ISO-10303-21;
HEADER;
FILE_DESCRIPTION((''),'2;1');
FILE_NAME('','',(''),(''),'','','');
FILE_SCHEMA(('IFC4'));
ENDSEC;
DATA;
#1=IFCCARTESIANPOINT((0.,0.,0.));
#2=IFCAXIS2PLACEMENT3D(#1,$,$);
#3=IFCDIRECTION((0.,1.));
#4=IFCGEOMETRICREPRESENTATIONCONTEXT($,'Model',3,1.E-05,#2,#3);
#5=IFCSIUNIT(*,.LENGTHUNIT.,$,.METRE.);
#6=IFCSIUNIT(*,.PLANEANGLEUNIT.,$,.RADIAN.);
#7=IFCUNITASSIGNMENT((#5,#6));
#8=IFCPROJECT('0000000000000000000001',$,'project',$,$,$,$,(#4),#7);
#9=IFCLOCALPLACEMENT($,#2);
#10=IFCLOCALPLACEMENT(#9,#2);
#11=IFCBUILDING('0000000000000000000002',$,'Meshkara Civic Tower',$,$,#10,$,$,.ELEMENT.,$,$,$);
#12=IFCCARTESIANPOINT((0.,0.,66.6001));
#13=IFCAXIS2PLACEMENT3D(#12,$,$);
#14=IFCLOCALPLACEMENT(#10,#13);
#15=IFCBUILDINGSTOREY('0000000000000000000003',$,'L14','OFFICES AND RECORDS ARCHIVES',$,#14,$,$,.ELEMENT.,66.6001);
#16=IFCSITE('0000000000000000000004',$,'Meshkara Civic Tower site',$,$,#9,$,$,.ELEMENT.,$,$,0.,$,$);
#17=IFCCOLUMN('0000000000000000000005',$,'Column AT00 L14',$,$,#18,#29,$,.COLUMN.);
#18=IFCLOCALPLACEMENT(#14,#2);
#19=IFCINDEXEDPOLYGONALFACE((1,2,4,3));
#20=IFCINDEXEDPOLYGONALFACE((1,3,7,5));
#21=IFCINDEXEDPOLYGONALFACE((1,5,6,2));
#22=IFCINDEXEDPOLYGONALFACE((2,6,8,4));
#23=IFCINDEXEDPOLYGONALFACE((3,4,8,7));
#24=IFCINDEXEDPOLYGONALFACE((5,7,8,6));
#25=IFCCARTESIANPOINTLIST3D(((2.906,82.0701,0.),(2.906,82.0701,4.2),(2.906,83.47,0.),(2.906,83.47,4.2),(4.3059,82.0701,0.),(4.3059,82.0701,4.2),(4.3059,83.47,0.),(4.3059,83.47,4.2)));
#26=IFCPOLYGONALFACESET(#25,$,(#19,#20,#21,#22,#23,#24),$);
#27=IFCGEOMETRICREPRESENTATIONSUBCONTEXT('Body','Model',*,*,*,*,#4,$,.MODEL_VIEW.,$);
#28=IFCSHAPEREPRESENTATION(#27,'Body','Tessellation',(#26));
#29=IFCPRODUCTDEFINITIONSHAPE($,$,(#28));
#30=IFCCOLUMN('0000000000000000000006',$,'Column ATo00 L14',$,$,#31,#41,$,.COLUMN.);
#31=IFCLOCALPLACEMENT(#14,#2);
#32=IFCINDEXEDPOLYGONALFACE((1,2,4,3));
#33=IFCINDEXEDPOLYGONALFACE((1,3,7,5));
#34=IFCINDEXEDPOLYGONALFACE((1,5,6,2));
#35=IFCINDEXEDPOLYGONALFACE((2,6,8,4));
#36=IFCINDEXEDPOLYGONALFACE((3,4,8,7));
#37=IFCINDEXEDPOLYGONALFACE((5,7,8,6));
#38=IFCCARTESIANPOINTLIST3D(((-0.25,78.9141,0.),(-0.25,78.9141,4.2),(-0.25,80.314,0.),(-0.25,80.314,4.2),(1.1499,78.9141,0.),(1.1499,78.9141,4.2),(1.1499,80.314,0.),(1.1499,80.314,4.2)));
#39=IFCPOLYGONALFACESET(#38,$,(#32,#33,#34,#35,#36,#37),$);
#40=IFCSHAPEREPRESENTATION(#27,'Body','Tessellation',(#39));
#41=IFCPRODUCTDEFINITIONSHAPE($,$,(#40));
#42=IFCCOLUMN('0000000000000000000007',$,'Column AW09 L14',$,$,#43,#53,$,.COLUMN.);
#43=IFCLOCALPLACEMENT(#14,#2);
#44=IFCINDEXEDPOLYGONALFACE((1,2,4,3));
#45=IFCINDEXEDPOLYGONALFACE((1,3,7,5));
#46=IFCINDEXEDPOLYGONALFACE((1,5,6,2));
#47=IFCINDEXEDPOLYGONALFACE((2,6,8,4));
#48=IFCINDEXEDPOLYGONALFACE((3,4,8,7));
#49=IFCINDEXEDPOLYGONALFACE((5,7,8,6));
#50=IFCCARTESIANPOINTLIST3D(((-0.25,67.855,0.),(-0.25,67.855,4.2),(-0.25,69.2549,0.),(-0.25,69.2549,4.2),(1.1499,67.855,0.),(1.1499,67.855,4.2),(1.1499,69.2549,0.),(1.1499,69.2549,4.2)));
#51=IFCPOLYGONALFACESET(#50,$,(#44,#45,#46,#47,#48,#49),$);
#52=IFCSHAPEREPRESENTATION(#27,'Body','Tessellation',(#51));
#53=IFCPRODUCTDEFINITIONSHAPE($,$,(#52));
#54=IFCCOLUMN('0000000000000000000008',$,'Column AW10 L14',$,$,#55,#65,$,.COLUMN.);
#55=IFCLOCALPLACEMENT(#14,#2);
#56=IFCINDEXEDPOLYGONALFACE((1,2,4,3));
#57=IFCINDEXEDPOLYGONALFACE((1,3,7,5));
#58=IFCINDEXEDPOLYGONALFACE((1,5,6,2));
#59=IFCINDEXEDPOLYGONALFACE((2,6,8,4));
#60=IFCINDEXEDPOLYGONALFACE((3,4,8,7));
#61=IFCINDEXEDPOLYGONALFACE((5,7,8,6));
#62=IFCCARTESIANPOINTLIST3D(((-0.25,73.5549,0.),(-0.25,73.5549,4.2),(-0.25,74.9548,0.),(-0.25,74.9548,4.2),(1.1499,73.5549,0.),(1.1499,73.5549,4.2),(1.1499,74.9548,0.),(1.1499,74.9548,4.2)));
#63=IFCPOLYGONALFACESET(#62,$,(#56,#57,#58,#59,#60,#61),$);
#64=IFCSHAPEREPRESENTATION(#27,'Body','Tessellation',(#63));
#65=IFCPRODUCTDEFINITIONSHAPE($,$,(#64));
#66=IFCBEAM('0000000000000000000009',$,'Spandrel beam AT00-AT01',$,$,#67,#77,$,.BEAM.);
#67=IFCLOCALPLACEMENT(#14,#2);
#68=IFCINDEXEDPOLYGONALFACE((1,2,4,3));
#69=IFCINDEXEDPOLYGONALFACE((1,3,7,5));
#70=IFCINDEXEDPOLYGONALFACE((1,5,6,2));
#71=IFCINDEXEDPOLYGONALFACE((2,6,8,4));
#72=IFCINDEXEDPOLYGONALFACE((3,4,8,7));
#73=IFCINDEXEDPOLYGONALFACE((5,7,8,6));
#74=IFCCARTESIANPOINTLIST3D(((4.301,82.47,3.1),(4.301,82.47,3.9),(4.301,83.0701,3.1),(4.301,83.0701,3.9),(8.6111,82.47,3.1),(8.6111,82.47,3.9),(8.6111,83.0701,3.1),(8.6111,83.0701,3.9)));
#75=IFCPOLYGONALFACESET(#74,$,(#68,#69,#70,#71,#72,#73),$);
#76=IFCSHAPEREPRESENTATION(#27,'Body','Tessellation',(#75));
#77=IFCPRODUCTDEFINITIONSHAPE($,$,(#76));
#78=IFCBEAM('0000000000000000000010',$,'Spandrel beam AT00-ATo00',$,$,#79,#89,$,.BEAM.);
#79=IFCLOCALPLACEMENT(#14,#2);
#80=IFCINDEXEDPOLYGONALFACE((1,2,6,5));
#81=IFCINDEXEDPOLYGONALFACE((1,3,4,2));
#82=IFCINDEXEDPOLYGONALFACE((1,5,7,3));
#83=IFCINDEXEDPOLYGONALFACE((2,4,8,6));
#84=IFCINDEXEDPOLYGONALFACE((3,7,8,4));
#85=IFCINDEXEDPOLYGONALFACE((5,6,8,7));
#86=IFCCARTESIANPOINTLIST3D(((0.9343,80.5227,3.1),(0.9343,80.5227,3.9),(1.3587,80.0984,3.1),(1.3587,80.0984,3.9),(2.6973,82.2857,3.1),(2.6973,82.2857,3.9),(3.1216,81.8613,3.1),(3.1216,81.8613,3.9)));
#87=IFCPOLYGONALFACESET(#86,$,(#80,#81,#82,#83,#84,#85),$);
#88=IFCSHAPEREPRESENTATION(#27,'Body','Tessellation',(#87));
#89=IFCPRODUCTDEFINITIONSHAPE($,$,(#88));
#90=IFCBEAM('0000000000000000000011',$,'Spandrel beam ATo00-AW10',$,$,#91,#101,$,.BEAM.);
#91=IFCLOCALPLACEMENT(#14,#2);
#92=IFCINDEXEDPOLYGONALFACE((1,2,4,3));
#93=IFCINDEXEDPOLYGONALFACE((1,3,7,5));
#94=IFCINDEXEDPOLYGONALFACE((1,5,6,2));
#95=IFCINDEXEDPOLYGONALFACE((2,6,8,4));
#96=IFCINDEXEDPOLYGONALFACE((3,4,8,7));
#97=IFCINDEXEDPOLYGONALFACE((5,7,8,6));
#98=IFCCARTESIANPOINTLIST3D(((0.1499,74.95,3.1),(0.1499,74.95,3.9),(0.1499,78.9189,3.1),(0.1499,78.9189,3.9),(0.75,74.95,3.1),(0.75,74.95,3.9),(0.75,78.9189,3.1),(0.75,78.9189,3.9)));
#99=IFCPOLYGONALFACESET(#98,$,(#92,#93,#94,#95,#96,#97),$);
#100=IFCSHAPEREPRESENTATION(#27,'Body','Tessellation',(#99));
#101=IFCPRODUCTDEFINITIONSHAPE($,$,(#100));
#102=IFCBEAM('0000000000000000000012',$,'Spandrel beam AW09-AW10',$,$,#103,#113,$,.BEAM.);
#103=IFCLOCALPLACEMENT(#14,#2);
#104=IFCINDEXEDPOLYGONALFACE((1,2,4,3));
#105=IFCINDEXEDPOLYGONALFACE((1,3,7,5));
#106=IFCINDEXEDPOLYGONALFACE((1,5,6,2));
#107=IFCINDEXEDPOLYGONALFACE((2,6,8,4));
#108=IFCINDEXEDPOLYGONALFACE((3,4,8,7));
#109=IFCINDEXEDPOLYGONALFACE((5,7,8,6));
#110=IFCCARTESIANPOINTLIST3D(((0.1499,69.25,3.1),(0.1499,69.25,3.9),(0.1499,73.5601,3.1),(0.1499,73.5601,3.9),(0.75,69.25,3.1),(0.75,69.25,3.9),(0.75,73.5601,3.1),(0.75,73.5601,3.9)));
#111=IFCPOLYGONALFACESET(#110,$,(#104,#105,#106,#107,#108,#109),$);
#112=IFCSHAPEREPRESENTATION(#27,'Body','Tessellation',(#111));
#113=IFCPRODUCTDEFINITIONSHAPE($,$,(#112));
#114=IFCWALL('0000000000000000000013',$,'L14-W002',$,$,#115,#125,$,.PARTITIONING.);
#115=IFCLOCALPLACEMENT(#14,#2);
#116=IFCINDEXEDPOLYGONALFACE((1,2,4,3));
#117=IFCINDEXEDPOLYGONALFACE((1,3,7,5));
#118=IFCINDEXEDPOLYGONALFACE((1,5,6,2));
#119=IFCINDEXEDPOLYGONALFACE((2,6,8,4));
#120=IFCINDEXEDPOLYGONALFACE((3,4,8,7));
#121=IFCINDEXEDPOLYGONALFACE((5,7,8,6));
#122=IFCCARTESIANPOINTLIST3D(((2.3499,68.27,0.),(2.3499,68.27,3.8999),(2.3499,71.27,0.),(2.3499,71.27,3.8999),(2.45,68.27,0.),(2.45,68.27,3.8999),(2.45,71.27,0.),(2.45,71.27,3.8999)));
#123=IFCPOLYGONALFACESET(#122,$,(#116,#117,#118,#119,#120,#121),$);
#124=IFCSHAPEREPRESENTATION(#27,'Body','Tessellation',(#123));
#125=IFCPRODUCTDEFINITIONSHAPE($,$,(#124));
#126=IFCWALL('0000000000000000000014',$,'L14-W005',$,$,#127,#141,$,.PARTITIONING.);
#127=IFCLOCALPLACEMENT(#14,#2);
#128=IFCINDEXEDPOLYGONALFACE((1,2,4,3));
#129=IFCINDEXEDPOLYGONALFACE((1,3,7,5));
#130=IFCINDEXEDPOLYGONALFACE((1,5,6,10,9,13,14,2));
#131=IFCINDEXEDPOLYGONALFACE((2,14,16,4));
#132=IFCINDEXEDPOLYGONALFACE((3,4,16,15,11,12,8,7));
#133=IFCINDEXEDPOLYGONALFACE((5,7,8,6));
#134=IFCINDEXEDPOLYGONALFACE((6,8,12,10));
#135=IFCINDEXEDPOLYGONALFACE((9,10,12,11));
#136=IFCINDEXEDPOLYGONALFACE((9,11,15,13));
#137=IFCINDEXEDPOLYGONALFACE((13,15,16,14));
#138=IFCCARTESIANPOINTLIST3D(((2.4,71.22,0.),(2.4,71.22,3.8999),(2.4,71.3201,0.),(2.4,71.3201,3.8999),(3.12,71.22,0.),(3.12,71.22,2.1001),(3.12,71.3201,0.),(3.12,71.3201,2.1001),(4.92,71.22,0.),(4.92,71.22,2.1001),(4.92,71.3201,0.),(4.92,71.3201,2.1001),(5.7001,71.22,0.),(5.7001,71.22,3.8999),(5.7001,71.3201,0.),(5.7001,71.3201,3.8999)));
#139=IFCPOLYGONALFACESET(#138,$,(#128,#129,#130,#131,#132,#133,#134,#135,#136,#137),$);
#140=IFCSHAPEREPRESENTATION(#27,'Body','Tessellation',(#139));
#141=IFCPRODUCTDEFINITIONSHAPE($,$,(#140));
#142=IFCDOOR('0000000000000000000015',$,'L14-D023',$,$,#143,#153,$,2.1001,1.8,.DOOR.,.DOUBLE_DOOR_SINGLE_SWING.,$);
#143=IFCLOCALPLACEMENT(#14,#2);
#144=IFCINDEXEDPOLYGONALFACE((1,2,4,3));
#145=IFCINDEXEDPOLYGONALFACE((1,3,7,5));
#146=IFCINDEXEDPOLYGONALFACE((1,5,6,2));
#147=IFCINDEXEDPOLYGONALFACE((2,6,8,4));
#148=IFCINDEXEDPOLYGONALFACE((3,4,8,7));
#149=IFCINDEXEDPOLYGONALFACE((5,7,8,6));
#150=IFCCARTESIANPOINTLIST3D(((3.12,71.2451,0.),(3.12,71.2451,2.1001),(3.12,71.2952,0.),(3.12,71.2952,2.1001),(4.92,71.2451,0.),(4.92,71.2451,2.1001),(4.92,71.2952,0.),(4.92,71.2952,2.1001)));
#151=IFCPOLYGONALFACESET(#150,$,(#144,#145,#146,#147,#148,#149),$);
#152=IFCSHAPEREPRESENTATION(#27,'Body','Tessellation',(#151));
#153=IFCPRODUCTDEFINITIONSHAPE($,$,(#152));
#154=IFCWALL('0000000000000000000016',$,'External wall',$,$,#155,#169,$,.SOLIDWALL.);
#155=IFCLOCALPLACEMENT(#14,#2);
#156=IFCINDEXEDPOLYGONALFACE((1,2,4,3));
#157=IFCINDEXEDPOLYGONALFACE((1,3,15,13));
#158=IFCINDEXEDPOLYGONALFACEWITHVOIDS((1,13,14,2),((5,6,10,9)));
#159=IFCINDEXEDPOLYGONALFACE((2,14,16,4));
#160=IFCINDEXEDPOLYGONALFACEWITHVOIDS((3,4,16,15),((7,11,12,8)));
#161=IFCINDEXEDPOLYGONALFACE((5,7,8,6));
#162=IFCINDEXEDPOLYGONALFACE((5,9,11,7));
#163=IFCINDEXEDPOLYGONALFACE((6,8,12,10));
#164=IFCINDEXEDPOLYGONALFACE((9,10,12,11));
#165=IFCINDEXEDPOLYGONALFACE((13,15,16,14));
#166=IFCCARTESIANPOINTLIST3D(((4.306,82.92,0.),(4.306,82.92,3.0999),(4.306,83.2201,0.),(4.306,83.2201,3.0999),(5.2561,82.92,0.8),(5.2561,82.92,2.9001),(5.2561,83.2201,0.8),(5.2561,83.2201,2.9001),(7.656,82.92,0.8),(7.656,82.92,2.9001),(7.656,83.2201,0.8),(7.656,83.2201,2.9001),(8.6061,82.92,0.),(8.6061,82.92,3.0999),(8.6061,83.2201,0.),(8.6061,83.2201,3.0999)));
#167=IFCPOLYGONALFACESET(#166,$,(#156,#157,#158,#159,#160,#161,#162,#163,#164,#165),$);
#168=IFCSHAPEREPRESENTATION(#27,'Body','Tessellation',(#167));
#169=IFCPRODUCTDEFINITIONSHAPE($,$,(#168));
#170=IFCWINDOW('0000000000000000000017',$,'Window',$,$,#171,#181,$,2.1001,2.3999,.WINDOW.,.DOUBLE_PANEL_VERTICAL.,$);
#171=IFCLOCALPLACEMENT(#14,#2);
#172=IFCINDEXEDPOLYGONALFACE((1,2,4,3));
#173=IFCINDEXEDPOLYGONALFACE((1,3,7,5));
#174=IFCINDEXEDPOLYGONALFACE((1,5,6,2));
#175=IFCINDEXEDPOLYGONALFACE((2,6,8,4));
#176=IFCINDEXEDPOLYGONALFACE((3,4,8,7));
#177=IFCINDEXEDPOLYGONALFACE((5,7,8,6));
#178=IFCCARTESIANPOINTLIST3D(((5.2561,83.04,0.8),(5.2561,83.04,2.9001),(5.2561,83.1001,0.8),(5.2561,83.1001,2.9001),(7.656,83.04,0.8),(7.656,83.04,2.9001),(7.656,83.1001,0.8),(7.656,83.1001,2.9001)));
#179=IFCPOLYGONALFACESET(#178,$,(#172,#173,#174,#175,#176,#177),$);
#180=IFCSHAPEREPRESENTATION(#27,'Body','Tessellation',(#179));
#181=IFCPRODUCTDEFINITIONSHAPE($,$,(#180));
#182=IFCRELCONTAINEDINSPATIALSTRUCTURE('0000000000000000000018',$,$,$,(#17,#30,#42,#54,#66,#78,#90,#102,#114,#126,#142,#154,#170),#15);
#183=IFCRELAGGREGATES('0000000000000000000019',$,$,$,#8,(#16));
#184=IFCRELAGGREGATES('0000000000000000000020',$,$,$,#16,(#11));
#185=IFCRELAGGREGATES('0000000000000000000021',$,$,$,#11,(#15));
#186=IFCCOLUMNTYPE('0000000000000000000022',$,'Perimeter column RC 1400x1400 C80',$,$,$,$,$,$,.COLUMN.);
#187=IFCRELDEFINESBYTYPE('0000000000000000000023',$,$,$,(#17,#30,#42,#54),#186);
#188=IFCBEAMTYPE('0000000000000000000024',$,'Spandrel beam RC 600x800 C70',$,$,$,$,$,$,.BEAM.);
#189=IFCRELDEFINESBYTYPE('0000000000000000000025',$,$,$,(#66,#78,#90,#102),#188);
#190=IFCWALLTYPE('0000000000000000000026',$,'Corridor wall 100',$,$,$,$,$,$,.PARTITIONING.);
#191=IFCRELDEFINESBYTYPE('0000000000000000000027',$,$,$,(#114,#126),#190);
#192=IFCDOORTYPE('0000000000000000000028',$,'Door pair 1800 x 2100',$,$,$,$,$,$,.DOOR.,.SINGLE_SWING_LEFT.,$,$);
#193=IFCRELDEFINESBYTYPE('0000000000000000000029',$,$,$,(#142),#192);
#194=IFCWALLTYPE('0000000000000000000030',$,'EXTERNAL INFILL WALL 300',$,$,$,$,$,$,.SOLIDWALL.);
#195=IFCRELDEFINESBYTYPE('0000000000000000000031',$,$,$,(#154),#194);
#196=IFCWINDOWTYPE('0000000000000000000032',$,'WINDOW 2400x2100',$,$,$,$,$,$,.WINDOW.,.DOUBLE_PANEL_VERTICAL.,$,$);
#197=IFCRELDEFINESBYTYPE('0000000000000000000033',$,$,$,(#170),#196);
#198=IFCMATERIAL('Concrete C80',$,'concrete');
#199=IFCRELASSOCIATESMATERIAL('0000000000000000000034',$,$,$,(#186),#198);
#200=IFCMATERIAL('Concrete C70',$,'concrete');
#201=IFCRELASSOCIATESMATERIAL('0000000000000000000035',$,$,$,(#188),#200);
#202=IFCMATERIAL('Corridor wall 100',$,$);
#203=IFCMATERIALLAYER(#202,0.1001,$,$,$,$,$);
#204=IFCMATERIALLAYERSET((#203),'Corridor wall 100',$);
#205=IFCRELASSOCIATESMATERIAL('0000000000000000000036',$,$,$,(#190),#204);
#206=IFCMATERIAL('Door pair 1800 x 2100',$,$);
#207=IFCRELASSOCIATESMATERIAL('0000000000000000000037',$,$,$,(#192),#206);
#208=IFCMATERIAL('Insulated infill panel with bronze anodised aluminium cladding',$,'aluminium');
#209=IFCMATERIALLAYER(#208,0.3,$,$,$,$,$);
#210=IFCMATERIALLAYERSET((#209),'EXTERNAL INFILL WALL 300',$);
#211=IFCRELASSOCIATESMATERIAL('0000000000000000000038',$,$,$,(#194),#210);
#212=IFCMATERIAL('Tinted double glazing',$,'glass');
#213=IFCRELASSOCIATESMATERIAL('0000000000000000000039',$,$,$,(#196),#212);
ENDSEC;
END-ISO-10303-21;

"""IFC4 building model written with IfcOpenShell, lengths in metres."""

from ifc_helpers import new_model, si_unit, direction, frame, frame_2d, origin, origin_2d, place, context, subcontext, project, spatial, rectangle, extrude, material, layer, layer_set, material_profile, profile_set, type_object, element, fill, save


model = new_model("IFC4")

# Units and contexts
model_context = context("Model", 3, precision=1e-05, world=origin(), true_north=direction((0.0, 1.0)))
body_context = subcontext(model_context, "Body", "Model", "MODEL_VIEW")
ifc_project = project(units=[si_unit("LENGTHUNIT", "METRE"), si_unit("PLANEANGLEUNIT", "RADIAN")], contexts=[model_context])

# Site, building, storey
site_placement = place(None, origin())
site = spatial("IfcSite", under=ifc_project, at=site_placement, Name="Meshkara Civic Tower site", CompositionType="ELEMENT", RefElevation=0.0)
building_placement = place(site_placement, origin())
building = spatial("IfcBuilding", under=site, at=building_placement, Name="Meshkara Civic Tower", CompositionType="ELEMENT")
storey_placement = place(building_placement, frame((0.0, 0.0, 66.6001)))
storey = spatial("IfcBuildingStorey", under=building, at=storey_placement, Name="L14", Description="OFFICES AND RECORDS ARCHIVES", CompositionType="ELEMENT", Elevation=66.6001)

# Columns
ifc_material_1 = material(Name="Concrete C80", Category="concrete")
ifc_material_profile_1 = material_profile(ifc_material_1, rectangle(XDim=1.3999, YDim=1.3999, at=origin_2d()))
ifc_profile_set_1 = profile_set([ifc_material_profile_1], Name="Concrete C80")
column_type = type_object("IfcColumnType", Name="Perimeter column RC 1400x1400 C80", PredefinedType="COLUMN", material=ifc_profile_set_1)
for number, where, z_axis, x_axis, name in (
    (1, (3.606, 82.77, 0.0), (0.0, 0.0, 1.0), (1.0, 0.0, 0.0), "Column AT00 L14"),
    (2, (0.45, 79.614, 0.0), (0.0, 0.0, 1.0), (1.0, 0.0, 0.0), "Column ATo00 L14"),
    (3, (0.45, 68.5549, 0.0), (0.0, 0.0, 1.0), (1.0, 0.0, 0.0), "Column AW09 L14"),
    (4, (0.45, 74.2549, 0.0), (0.0, 0.0, 1.0), (1.0, 0.0, 0.0), "Column AW10 L14"),
):
    element("IfcColumn", number, at=place(storey_placement, frame(where, z_axis=z_axis, x_axis=x_axis)), inside=storey, type_object=column_type, Name=name, PredefinedType="COLUMN", context=body_context, shape_type="SweptSolid", body=[
        extrude(rectangle(XDim=1.3999, YDim=1.3999, at=origin_2d()), origin(), (0.0, 0.0, 1.0), 4.2),
    ])

# Beams
ifc_material_2 = material(Name="Concrete C70", Category="concrete")
ifc_material_profile_2 = material_profile(ifc_material_2, rectangle(XDim=0.6001, YDim=0.8, at=origin_2d()))
ifc_profile_set_2 = profile_set([ifc_material_profile_2], Name="Concrete C70")
beam_type = type_object("IfcBeamType", Name="Spandrel beam RC 600x800 C70", PredefinedType="BEAM", material=ifc_profile_set_2)
beam_1_placement = place(storey_placement, frame((8.6111, 82.77, 3.5), z_axis=(-1.0, 0.0, 0.0), x_axis=(0.0, -1.0, 0.0)))
element("IfcBeam", 5, at=beam_1_placement, inside=storey, type_object=beam_type, Name="Spandrel beam AT00-AT01", PredefinedType="BEAM", context=body_context, shape_type="SweptSolid", body=[
    extrude(rectangle(XDim=0.6001, YDim=0.8, at=origin_2d()), origin(), (0.0, 0.0, 1.0), 4.3101),
])
beam_2_placement = place(storey_placement, frame((2.9094, 82.0735, 3.5), z_axis=(-0.707107, -0.707107, 0.0), x_axis=(0.707107, -0.707107, 0.0)))
element("IfcBeam", 6, at=beam_2_placement, inside=storey, type_object=beam_type, Name="Spandrel beam AT00-ATo00", PredefinedType="BEAM", context=body_context, shape_type="SweptSolid", body=[
    extrude(rectangle(XDim=0.6001, YDim=0.8, at=origin_2d()), origin(), (0.0, 0.0, 1.0), 2.4932),
])
beam_3_placement = place(storey_placement, frame((0.45, 78.9189, 3.5), z_axis=(0.0, -1.0, 0.0), x_axis=(1.0, 0.0, 0.0)))
element("IfcBeam", 7, at=beam_3_placement, inside=storey, type_object=beam_type, Name="Spandrel beam ATo00-AW10", PredefinedType="BEAM", context=body_context, shape_type="SweptSolid", body=[
    extrude(rectangle(XDim=0.6001, YDim=0.8, at=origin_2d()), origin(), (0.0, 0.0, 1.0), 3.969),
])
beam_4_placement = place(storey_placement, frame((0.45, 73.5601, 3.5), z_axis=(0.0, -1.0, 0.0), x_axis=(1.0, 0.0, 0.0)))
element("IfcBeam", 8, at=beam_4_placement, inside=storey, type_object=beam_type, Name="Spandrel beam AW09-AW10", PredefinedType="BEAM", context=body_context, shape_type="SweptSolid", body=[
    extrude(rectangle(XDim=0.6001, YDim=0.8, at=origin_2d()), origin(), (0.0, 0.0, 1.0), 4.3101),
])

# Wall
ifc_material_3 = material(Name="Corridor wall 100")
ifc_layer_1 = layer(ifc_material_3, 0.1001)
ifc_layer_set_1 = layer_set([ifc_layer_1], Name="Corridor wall 100")
wall_type_1 = type_object("IfcWallType", Name="Corridor wall 100", PredefinedType="PARTITIONING", material=ifc_layer_set_1)
wall_1_placement = place(storey_placement, frame((2.3999, 71.27, 0.0), z_axis=(0.0, 0.0, 1.0), x_axis=(0.0, -1.0, 0.0)))
element("IfcWall", 9, at=wall_1_placement, inside=storey, type_object=wall_type_1, Name="L14-W002", PredefinedType="PARTITIONING", context=body_context, shape_type="SweptSolid", body=[
    extrude(rectangle(XDim=3.0, YDim=0.1001, at=frame_2d((1.5, 0.0))), origin(), (0.0, 0.0, 1.0), 3.8999),
])

# Wall, opening, door
wall_2_placement = place(storey_placement, frame((5.7, 71.27, 0.0), z_axis=(0.0, 0.0, 1.0), x_axis=(-1.0, 0.0, 0.0)))
wall_2 = element("IfcWall", 10, at=wall_2_placement, inside=storey, type_object=wall_type_1, Name="L14-W005", PredefinedType="PARTITIONING", context=body_context, shape_type="SweptSolid", body=[
    extrude(rectangle(XDim=3.3, YDim=0.1001, at=frame_2d((1.6499, 0.0))), origin(), (0.0, 0.0, 1.0), 3.8999),
])
opening_1_placement = place(wall_2_placement, frame((0.78, 0.0, 0.0)))
opening_1 = element("IfcOpeningElement", 11, at=opening_1_placement, cuts=wall_2, PredefinedType="OPENING", context=body_context, shape_type="SweptSolid", body=[
    extrude(rectangle(XDim=1.8, YDim=2.1001, at=frame_2d((0.8999, 1.05))), frame((0.0, 0.0601, 0.0), z_axis=(0.0, -1.0, 0.0), x_axis=(1.0, 0.0, 0.0)), (0.0, 0.0, 1.0), 0.1201),
])
ifc_material_4 = material(Name="Door pair 1800 x 2100")
door_type_1 = type_object("IfcDoorType", Name="Door pair 1800 x 2100", OperationType="SINGLE_SWING_LEFT", PredefinedType="DOOR", material=ifc_material_4)
door_1_placement = place(opening_1_placement, origin())
door_1 = element("IfcDoor", 12, at=door_1_placement, inside=storey, type_object=door_type_1, Name="L14-D023", OperationType="DOUBLE_DOOR_SINGLE_SWING", OverallHeight=2.1001, OverallWidth=1.8, PredefinedType="DOOR", context=body_context, shape_type="SweptSolid", body=[
    extrude(rectangle(XDim=1.8, YDim=2.1001, at=frame_2d((0.8999, 1.05))), frame((0.0, 0.0249, 0.0), z_axis=(0.0, -1.0, 0.0), x_axis=(1.0, 0.0, 0.0)), (0.0, 0.0, 1.0), 0.05),
])
fill(opening_1, door_1)

# Wall, opening, window
ifc_material_5 = material(Name="Insulated infill panel with bronze anodised aluminium cladding", Category="aluminium")
ifc_layer_2 = layer(ifc_material_5, 0.3)
ifc_layer_set_2 = layer_set([ifc_layer_2], Name="EXTERNAL INFILL WALL 300")
wall_type_2 = type_object("IfcWallType", Name="EXTERNAL INFILL WALL 300", PredefinedType="SOLIDWALL", material=ifc_layer_set_2)
wall_3_placement = place(storey_placement, frame((8.606, 83.0701, 0.0), z_axis=(0.0, 0.0, 1.0), x_axis=(-1.0, 0.0, 0.0)))
wall_3 = element("IfcWall", 13, at=wall_3_placement, inside=storey, type_object=wall_type_2, Name="External wall", PredefinedType="SOLIDWALL", context=body_context, shape_type="SweptSolid", body=[
    extrude(rectangle(XDim=4.3, YDim=0.3, at=frame_2d((2.1499, 0.0))), origin(), (0.0, 0.0, 1.0), 3.0999),
])
opening_2_placement = place(wall_3_placement, frame((0.95, 0.0, 0.8)))
opening_2 = element("IfcOpeningElement", 14, at=opening_2_placement, cuts=wall_3, PredefinedType="OPENING", context=body_context, shape_type="SweptSolid", body=[
    extrude(rectangle(XDim=2.3999, YDim=2.1001, at=frame_2d((1.2, 1.05))), frame((0.0, 0.1599, 0.0), z_axis=(0.0, -1.0, 0.0), x_axis=(1.0, 0.0, 0.0)), (0.0, 0.0, 1.0), 0.3201),
])
ifc_material_6 = material(Name="Tinted double glazing", Category="glass")
window_type_1 = type_object("IfcWindowType", Name="WINDOW 2400x2100", PartitioningType="DOUBLE_PANEL_VERTICAL", PredefinedType="WINDOW", material=ifc_material_6)
window_1_placement = place(opening_2_placement, origin())
window_1 = element("IfcWindow", 15, at=window_1_placement, inside=storey, type_object=window_type_1, Name="Window", OverallHeight=2.1001, OverallWidth=2.3999, PartitioningType="DOUBLE_PANEL_VERTICAL", PredefinedType="WINDOW", context=body_context, shape_type="SweptSolid", body=[
    extrude(rectangle(XDim=2.3999, YDim=2.1001, at=frame_2d((1.2, 1.05))), frame((0.0, 0.03, 0.0), z_axis=(0.0, -1.0, 0.0), x_axis=(1.0, 0.0, 0.0)), (0.0, 0.0, 1.0), 0.0601),
])
fill(opening_2, window_1)

save(model, "model.ifc")
